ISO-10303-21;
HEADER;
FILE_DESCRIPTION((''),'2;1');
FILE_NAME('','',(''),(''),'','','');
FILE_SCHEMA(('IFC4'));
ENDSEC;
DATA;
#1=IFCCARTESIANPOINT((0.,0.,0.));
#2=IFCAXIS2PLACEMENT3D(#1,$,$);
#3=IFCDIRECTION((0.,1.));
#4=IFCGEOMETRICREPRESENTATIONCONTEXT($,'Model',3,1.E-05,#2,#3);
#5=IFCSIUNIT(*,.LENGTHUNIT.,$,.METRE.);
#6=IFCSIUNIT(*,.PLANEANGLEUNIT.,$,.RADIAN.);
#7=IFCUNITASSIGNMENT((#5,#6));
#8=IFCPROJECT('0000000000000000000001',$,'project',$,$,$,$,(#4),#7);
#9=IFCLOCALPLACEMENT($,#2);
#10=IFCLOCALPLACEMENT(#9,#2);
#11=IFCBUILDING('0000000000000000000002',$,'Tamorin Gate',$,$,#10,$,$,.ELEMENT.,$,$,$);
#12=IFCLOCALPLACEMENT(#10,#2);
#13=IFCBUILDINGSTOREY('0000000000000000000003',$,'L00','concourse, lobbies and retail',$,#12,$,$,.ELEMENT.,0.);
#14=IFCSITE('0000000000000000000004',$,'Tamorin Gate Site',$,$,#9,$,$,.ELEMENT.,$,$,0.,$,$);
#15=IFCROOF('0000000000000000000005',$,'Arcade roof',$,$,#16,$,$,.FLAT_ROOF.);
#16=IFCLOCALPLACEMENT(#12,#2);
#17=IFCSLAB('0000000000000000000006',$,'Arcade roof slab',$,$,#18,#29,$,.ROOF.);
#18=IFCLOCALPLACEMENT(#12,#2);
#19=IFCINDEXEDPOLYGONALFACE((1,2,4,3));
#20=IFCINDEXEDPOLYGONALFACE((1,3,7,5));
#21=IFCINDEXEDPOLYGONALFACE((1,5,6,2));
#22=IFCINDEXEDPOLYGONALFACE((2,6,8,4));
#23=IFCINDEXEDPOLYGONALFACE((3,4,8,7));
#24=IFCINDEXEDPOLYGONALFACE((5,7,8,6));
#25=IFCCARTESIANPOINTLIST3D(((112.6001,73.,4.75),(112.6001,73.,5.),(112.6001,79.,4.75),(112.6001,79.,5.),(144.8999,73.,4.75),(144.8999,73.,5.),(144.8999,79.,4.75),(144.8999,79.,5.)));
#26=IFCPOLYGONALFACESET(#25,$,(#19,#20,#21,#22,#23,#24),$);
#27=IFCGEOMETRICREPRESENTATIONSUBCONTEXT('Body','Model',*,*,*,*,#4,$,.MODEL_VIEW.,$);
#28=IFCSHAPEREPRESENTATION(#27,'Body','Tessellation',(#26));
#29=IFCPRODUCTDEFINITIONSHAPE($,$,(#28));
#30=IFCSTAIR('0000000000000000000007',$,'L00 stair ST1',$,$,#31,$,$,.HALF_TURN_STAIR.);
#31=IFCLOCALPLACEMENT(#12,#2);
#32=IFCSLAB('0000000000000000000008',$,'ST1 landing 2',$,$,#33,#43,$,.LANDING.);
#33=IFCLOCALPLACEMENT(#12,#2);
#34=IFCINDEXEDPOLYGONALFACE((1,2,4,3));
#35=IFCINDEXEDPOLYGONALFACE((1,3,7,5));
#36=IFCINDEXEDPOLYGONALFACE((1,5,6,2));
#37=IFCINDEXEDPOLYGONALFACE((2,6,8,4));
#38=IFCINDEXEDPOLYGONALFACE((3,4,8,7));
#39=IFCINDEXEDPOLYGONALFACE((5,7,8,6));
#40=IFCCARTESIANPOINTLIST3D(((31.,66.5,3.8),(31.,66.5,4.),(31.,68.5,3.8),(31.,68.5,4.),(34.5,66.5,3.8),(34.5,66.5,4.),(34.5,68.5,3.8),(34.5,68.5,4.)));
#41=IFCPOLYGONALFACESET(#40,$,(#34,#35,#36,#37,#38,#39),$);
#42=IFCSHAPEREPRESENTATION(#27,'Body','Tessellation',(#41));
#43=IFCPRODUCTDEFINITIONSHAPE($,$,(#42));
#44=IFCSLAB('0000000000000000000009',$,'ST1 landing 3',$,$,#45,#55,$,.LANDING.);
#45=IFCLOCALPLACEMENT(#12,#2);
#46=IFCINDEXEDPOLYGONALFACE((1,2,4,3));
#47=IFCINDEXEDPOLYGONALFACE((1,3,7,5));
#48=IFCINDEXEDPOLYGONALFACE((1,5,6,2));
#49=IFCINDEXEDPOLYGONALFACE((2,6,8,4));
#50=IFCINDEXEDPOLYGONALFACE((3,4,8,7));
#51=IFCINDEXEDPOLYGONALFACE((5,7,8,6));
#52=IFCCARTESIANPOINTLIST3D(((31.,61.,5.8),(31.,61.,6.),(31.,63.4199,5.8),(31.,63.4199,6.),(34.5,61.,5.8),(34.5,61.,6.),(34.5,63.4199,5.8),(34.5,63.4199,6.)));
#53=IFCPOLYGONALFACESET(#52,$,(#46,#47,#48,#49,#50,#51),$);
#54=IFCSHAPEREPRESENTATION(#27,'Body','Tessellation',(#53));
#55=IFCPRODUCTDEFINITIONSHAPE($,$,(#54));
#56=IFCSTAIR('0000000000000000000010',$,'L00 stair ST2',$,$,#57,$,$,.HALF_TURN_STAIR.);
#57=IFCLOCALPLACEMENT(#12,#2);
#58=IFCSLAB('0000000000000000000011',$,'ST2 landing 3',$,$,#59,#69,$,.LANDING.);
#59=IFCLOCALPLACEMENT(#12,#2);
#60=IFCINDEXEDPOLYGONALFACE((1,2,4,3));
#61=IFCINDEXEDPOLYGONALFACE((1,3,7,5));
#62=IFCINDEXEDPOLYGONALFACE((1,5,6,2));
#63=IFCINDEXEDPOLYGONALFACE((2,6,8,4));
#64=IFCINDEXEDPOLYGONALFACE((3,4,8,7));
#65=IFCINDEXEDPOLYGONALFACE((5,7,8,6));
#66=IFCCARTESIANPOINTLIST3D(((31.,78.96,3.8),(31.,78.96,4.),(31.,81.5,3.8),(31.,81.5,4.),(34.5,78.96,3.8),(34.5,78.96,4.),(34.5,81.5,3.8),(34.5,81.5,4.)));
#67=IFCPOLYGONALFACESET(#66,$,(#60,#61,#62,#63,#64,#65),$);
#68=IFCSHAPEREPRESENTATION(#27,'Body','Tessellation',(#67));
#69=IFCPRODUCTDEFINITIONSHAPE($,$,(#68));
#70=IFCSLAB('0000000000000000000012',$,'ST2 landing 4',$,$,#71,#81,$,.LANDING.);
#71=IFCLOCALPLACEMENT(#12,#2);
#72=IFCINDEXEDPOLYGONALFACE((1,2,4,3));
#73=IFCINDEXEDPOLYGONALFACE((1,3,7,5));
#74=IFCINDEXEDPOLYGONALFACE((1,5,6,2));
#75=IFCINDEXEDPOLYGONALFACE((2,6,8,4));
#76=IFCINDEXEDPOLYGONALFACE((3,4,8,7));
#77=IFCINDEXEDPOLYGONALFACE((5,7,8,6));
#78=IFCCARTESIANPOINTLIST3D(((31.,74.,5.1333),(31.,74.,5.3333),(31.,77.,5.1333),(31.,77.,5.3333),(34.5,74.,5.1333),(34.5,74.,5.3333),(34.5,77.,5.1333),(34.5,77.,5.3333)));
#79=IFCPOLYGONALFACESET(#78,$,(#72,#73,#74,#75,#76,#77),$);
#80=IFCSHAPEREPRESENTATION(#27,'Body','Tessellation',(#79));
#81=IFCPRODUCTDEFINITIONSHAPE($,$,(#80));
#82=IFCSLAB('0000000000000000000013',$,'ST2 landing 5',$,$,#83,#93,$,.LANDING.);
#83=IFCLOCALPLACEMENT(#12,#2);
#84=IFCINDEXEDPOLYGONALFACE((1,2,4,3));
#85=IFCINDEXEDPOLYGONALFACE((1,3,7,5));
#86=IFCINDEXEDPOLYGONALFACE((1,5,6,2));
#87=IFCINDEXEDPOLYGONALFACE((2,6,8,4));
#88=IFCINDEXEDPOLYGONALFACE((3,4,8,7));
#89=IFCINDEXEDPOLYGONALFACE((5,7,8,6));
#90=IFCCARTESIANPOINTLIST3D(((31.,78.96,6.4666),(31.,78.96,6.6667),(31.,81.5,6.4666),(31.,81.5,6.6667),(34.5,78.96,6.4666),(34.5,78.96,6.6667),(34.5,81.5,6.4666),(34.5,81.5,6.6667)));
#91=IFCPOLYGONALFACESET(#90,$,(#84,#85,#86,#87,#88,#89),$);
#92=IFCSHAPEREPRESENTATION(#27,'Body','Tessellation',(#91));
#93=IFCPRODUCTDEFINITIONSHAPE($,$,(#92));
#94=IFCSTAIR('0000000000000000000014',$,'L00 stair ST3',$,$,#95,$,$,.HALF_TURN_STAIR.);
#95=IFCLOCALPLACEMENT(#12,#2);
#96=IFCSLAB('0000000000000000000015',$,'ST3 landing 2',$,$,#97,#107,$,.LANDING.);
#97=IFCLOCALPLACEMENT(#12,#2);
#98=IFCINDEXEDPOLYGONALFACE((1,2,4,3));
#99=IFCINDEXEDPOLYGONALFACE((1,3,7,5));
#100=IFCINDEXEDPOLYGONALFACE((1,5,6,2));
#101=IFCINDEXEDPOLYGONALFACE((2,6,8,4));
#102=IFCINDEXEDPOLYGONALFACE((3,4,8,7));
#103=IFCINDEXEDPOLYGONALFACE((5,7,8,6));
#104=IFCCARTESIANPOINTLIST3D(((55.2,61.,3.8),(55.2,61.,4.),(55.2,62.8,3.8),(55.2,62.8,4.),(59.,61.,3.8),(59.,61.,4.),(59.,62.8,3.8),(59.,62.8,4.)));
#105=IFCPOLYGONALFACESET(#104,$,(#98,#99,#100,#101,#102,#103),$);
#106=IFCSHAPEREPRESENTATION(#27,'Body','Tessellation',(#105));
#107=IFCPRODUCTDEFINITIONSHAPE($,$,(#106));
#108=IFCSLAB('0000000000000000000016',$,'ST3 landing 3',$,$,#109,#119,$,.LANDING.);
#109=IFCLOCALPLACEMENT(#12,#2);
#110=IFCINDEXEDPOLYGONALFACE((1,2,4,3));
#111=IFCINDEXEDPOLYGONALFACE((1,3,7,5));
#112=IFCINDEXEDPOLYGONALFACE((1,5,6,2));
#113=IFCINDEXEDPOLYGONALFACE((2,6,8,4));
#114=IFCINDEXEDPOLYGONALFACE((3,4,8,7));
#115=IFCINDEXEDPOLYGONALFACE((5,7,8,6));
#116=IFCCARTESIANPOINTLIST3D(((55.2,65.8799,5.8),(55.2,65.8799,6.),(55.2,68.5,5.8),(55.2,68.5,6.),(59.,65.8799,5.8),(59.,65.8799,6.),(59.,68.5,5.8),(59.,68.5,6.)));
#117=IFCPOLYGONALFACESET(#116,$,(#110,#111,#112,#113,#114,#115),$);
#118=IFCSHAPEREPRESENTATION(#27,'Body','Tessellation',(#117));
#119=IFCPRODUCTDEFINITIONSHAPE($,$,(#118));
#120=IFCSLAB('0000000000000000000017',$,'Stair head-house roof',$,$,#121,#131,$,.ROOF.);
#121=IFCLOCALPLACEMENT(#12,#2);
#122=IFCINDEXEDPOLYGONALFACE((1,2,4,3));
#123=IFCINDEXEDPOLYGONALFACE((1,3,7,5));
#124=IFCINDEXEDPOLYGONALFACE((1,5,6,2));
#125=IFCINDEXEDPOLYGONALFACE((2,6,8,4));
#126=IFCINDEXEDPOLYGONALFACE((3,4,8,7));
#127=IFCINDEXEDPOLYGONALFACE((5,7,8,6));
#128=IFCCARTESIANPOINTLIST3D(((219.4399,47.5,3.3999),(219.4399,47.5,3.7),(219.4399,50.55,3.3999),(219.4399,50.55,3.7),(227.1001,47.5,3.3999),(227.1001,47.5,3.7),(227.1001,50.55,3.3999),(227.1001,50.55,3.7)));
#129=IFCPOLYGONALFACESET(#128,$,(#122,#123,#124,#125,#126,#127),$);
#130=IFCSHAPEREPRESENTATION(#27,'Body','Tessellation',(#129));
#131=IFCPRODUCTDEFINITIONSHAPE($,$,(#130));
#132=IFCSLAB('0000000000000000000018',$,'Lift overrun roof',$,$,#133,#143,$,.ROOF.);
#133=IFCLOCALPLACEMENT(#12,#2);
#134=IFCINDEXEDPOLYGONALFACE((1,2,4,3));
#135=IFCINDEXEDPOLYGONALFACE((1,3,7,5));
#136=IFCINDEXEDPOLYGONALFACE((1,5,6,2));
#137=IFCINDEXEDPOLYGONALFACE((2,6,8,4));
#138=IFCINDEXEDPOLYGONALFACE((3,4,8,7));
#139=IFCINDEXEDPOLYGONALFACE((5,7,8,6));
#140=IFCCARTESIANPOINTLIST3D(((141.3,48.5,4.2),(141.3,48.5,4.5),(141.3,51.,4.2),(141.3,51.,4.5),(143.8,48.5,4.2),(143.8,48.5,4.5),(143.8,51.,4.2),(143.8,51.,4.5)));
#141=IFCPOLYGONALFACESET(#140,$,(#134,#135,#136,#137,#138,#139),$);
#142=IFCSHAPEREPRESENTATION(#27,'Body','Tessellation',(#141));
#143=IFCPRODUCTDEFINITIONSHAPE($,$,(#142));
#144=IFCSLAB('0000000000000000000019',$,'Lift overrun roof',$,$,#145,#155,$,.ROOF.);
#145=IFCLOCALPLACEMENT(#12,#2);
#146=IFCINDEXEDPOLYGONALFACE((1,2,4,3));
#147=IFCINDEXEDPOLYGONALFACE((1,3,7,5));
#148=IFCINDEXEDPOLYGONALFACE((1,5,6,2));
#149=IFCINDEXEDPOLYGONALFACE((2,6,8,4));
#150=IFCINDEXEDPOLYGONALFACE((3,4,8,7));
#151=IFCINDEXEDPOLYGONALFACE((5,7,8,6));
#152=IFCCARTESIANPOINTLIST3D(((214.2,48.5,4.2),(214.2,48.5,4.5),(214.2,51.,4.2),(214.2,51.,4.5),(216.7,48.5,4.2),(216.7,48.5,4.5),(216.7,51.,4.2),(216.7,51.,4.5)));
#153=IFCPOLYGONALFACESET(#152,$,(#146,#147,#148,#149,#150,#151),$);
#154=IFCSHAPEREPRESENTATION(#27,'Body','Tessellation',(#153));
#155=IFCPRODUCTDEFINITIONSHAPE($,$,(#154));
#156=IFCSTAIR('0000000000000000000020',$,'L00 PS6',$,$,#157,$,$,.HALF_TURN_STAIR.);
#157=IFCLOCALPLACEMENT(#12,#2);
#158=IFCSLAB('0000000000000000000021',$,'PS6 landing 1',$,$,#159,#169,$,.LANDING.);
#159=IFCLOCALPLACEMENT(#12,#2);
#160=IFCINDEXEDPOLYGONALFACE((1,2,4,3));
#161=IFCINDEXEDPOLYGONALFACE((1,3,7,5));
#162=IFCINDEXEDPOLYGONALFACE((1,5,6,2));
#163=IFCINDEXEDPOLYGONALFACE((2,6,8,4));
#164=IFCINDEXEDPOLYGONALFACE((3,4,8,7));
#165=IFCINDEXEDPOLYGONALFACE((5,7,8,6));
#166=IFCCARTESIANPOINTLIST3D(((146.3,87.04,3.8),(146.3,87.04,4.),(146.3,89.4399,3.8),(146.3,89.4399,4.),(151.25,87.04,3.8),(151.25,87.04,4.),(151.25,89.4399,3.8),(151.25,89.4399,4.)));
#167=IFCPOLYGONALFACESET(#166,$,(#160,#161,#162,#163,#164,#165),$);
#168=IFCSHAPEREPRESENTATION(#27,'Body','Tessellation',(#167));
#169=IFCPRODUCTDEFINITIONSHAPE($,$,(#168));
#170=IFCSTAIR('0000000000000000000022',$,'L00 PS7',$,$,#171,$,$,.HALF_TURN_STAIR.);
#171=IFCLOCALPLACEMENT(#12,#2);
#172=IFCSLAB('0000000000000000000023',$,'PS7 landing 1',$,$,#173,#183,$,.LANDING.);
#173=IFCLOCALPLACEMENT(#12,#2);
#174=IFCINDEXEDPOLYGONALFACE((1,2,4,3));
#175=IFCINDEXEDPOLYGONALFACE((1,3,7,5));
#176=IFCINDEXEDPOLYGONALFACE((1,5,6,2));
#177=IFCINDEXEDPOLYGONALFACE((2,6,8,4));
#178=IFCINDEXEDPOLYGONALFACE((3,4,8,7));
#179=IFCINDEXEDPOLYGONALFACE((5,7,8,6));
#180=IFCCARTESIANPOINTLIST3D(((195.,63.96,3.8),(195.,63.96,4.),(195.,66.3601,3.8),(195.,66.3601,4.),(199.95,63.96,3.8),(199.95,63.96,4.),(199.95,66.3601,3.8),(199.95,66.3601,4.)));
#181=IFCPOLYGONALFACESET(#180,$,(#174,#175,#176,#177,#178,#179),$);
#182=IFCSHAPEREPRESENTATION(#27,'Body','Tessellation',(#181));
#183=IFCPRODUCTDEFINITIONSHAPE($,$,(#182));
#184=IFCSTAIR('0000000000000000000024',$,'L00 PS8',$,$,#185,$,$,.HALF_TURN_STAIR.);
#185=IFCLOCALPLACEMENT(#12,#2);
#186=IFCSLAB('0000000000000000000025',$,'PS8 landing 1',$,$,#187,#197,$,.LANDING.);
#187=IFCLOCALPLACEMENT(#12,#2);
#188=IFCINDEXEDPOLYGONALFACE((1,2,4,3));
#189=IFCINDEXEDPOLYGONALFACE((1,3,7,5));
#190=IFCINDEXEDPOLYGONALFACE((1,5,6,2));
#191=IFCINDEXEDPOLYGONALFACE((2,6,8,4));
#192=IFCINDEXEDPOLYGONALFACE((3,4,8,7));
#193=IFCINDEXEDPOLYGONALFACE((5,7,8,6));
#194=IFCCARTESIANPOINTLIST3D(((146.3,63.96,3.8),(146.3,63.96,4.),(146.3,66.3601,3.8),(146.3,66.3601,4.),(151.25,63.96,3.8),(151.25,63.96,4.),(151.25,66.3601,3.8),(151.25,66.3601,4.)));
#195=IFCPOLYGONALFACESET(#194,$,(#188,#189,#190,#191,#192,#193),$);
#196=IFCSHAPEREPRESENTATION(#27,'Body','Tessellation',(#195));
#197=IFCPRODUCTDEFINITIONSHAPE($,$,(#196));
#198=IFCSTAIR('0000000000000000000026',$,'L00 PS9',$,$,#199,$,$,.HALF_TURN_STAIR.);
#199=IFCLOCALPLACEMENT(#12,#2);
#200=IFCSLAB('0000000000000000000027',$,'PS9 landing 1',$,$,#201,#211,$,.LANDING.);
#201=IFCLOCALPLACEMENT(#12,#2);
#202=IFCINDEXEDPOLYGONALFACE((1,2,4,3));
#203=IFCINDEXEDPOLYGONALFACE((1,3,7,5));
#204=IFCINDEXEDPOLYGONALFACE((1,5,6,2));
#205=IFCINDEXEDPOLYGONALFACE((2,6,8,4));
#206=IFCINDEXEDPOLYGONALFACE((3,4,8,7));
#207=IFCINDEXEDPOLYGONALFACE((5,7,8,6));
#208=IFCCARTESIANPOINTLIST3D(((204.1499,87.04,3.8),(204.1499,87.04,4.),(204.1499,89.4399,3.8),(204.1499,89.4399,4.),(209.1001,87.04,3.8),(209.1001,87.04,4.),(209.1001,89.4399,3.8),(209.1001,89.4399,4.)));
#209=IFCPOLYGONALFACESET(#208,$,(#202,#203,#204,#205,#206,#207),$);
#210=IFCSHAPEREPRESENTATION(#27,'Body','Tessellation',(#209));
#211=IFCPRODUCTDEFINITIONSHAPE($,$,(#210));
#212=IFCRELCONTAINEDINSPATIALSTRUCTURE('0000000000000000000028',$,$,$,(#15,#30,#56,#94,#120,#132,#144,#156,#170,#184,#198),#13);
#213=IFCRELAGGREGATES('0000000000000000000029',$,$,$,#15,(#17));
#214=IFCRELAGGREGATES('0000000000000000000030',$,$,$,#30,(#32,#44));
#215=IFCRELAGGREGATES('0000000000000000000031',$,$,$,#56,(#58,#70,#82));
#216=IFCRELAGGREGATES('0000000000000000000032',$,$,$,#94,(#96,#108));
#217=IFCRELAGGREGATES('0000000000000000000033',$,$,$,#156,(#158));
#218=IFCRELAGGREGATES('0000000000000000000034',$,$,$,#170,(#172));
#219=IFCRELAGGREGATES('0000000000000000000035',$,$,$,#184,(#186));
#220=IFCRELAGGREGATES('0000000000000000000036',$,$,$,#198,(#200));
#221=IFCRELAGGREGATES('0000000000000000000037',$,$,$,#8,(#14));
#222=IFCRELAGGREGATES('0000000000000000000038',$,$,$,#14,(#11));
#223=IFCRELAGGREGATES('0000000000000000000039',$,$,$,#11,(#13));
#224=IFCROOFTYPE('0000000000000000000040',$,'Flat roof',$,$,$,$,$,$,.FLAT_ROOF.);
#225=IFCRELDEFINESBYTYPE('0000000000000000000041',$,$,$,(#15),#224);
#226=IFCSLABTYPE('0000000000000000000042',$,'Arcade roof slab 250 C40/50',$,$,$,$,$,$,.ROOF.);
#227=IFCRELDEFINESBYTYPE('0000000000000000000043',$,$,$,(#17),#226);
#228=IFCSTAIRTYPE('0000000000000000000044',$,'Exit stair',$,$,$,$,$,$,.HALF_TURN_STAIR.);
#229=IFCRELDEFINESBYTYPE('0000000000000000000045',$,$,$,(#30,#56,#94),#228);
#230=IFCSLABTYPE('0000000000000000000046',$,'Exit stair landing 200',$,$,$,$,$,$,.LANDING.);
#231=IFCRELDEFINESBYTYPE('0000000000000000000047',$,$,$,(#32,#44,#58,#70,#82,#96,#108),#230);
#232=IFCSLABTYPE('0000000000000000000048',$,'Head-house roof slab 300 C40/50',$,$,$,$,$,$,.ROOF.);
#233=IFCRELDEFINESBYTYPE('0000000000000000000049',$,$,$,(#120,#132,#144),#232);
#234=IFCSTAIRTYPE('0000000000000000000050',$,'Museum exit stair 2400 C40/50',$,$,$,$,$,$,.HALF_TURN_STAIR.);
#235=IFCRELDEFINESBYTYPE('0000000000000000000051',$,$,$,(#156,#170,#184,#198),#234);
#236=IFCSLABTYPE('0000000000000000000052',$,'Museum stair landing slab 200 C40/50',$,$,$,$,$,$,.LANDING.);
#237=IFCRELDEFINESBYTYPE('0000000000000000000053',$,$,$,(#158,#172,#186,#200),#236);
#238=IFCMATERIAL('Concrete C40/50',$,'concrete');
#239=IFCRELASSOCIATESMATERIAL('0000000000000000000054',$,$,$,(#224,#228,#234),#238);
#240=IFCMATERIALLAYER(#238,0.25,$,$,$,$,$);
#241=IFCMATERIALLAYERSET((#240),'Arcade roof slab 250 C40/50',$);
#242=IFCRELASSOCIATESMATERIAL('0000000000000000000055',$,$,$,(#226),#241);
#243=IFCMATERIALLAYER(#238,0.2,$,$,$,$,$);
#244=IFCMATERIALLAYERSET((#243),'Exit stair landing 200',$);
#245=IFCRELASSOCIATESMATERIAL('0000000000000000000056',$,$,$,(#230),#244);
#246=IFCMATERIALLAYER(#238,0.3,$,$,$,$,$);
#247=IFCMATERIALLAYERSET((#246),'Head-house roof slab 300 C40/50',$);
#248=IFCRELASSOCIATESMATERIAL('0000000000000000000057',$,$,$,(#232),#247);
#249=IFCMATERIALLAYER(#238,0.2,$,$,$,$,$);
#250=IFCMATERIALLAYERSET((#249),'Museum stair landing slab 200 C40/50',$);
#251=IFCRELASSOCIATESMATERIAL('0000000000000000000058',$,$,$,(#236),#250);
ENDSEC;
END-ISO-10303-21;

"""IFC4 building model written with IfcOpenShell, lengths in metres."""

from ifc_helpers import new_model, si_unit, direction, frame, origin, place, context, subcontext, project, spatial, polyline, outline, extrude, material, layer, layer_set, type_object, element, aggregate, save


model = new_model("IFC4")

# Units and contexts
model_context = context("Model", 3, precision=1e-05, world=origin(), true_north=direction((0.0, 1.0)))
body_context = subcontext(model_context, "Body", "Model", "MODEL_VIEW")
ifc_project = project(units=[si_unit("LENGTHUNIT", "METRE"), si_unit("PLANEANGLEUNIT", "RADIAN")], contexts=[model_context])

# Site, building, storey
site_placement = place(None, origin())
site = spatial("IfcSite", under=ifc_project, at=site_placement, Name="Tamorin Gate Site", CompositionType="ELEMENT", RefElevation=0.0)
building_placement = place(site_placement, origin())
building = spatial("IfcBuilding", under=site, at=building_placement, Name="Tamorin Gate", CompositionType="ELEMENT")
storey_placement = place(building_placement, origin())
storey = spatial("IfcBuildingStorey", under=building, at=storey_placement, Name="L00", Description="concourse, lobbies and retail", CompositionType="ELEMENT", Elevation=0.0)

# Roof, slab
ifc_material_1 = material(Name="Concrete C40/50", Category="concrete")
roof_type = type_object("IfcRoofType", Name="Flat roof", PredefinedType="FLAT_ROOF", material=ifc_material_1)
roof_placement = place(storey_placement, origin())
roof = element("IfcRoof", 1, at=roof_placement, inside=storey, type_object=roof_type, Name="Arcade roof", PredefinedType="FLAT_ROOF")
ifc_layer_1 = layer(ifc_material_1, 0.25)
ifc_layer_set_1 = layer_set([ifc_layer_1], Name="Arcade roof slab 250 C40/50")
slab_type_1 = type_object("IfcSlabType", Name="Arcade roof slab 250 C40/50", PredefinedType="ROOF", material=ifc_layer_set_1)
slab_1_placement = place(storey_placement, frame((0.0, 0.0, 4.75)))
slab_1 = element("IfcSlab", 2, at=slab_1_placement, type_object=slab_type_1, Name="Arcade roof slab", PredefinedType="ROOF", context=body_context, shape_type="SweptSolid", body=[
    extrude(outline(polyline([(144.8999, 73.0), (144.8999, 79.0), (112.6001, 79.0), (112.6001, 73.0), (144.8999, 73.0)])), origin(), (0.0, 0.0, 1.0), 0.25),
])
aggregate(roof, [slab_1])

# Stairs, slabs
stair_type_1 = type_object("IfcStairType", Name="Exit stair", PredefinedType="HALF_TURN_STAIR", material=ifc_material_1)
stair_1_placement = place(storey_placement, origin())
stair_1 = element("IfcStair", 3, at=stair_1_placement, inside=storey, type_object=stair_type_1, Name="L00 stair ST1", PredefinedType="HALF_TURN_STAIR")
ifc_layer_2 = layer(ifc_material_1, 0.2)
ifc_layer_set_2 = layer_set([ifc_layer_2], Name="Exit stair landing 200")
slab_type_2 = type_object("IfcSlabType", Name="Exit stair landing 200", PredefinedType="LANDING", material=ifc_layer_set_2)
slab_2_placement = place(storey_placement, frame((0.0, 0.0, 3.8)))
slab_2 = element("IfcSlab", 4, at=slab_2_placement, type_object=slab_type_2, Name="ST1 landing 2", PredefinedType="LANDING", context=body_context, shape_type="SweptSolid", body=[
    extrude(outline(polyline([(31.0, 68.5), (31.0, 66.5), (34.5, 66.5), (34.5, 68.5), (31.0, 68.5)])), origin(), (0.0, 0.0, 1.0), 0.2),
])
slab_3_placement = place(storey_placement, frame((0.0, 0.0, 5.8)))
slab_3 = element("IfcSlab", 5, at=slab_3_placement, type_object=slab_type_2, Name="ST1 landing 3", PredefinedType="LANDING", context=body_context, shape_type="SweptSolid", body=[
    extrude(outline(polyline([(31.0, 63.4199), (31.0, 61.0), (34.5, 61.0), (34.5, 63.4199), (31.0, 63.4199)])), origin(), (0.0, 0.0, 1.0), 0.2),
])
aggregate(stair_1, [slab_2, slab_3])
stair_2_placement = place(storey_placement, origin())
stair_2 = element("IfcStair", 6, at=stair_2_placement, inside=storey, type_object=stair_type_1, Name="L00 stair ST2", PredefinedType="HALF_TURN_STAIR")
slab_4_placement = place(storey_placement, frame((0.0, 0.0, 3.8)))
slab_4 = element("IfcSlab", 7, at=slab_4_placement, type_object=slab_type_2, Name="ST2 landing 3", PredefinedType="LANDING", context=body_context, shape_type="SweptSolid", body=[
    extrude(outline(polyline([(34.5, 78.96), (34.5, 81.5), (31.0, 81.5), (31.0, 78.96), (34.5, 78.96)])), origin(), (0.0, 0.0, 1.0), 0.2),
])
slab_5_placement = place(storey_placement, frame((0.0, 0.0, 5.1333)))
slab_5 = element("IfcSlab", 8, at=slab_5_placement, type_object=slab_type_2, Name="ST2 landing 4", PredefinedType="LANDING", context=body_context, shape_type="SweptSolid", body=[
    extrude(outline(polyline([(34.5, 74.0), (34.5, 77.0), (31.0, 77.0), (31.0, 74.0), (34.5, 74.0)])), origin(), (0.0, 0.0, 1.0), 0.2),
])
slab_6_placement = place(storey_placement, frame((0.0, 0.0, 6.4666)))
slab_6 = element("IfcSlab", 9, at=slab_6_placement, type_object=slab_type_2, Name="ST2 landing 5", PredefinedType="LANDING", context=body_context, shape_type="SweptSolid", body=[
    extrude(outline(polyline([(34.5, 78.96), (34.5, 81.5), (31.0, 81.5), (31.0, 78.96), (34.5, 78.96)])), origin(), (0.0, 0.0, 1.0), 0.2002),
])
aggregate(stair_2, [slab_4, slab_5, slab_6])
stair_3_placement = place(storey_placement, origin())
stair_3 = element("IfcStair", 10, at=stair_3_placement, inside=storey, type_object=stair_type_1, Name="L00 stair ST3", PredefinedType="HALF_TURN_STAIR")
slab_7_placement = place(storey_placement, frame((0.0, 0.0, 3.8)))
slab_7 = element("IfcSlab", 11, at=slab_7_placement, type_object=slab_type_2, Name="ST3 landing 2", PredefinedType="LANDING", context=body_context, shape_type="SweptSolid", body=[
    extrude(outline(polyline([(59.0, 61.0), (59.0, 62.8), (55.2, 62.8), (55.2, 61.0), (59.0, 61.0)])), origin(), (0.0, 0.0, 1.0), 0.2),
])
slab_8_placement = place(storey_placement, frame((0.0, 0.0, 5.8)))
slab_8 = element("IfcSlab", 12, at=slab_8_placement, type_object=slab_type_2, Name="ST3 landing 3", PredefinedType="LANDING", context=body_context, shape_type="SweptSolid", body=[
    extrude(outline(polyline([(59.0, 65.8799), (59.0, 68.5), (55.2, 68.5), (55.2, 65.8799), (59.0, 65.8799)])), origin(), (0.0, 0.0, 1.0), 0.2),
])
aggregate(stair_3, [slab_7, slab_8])

# Slabs
ifc_layer_3 = layer(ifc_material_1, 0.3)
ifc_layer_set_3 = layer_set([ifc_layer_3], Name="Head-house roof slab 300 C40/50")
slab_type_3 = type_object("IfcSlabType", Name="Head-house roof slab 300 C40/50", PredefinedType="ROOF", material=ifc_layer_set_3)
slab_9_placement = place(storey_placement, frame((0.0, 0.0, 3.3999)))
element("IfcSlab", 13, at=slab_9_placement, inside=storey, type_object=slab_type_3, Name="Stair head-house roof", PredefinedType="ROOF", context=body_context, shape_type="SweptSolid", body=[
    extrude(outline(polyline([(227.1001, 47.5), (227.1001, 50.55), (219.4399, 50.55), (219.4399, 47.5), (227.1001, 47.5)])), origin(), (0.0, 0.0, 1.0), 0.3),
])
slab_10_placement = place(storey_placement, frame((0.0, 0.0, 4.2)))
element("IfcSlab", 14, at=slab_10_placement, inside=storey, type_object=slab_type_3, Name="Lift overrun roof", PredefinedType="ROOF", context=body_context, shape_type="SweptSolid", body=[
    extrude(outline(polyline([(143.8, 48.5), (143.8, 51.0), (141.3, 51.0), (141.3, 48.5), (143.8, 48.5)])), origin(), (0.0, 0.0, 1.0), 0.3),
])
slab_11_placement = place(storey_placement, frame((0.0, 0.0, 4.2)))
element("IfcSlab", 15, at=slab_11_placement, inside=storey, type_object=slab_type_3, Name="Lift overrun roof", PredefinedType="ROOF", context=body_context, shape_type="SweptSolid", body=[
    extrude(outline(polyline([(216.7, 48.5), (216.7, 51.0), (214.2, 51.0), (214.2, 48.5), (216.7, 48.5)])), origin(), (0.0, 0.0, 1.0), 0.3),
])

# Stairs, slabs
stair_type_2 = type_object("IfcStairType", Name="Museum exit stair 2400 C40/50", PredefinedType="HALF_TURN_STAIR", material=ifc_material_1)
stair_4_placement = place(storey_placement, origin())
stair_4 = element("IfcStair", 16, at=stair_4_placement, inside=storey, type_object=stair_type_2, Name="L00 PS6", PredefinedType="HALF_TURN_STAIR")
ifc_layer_4 = layer(ifc_material_1, 0.2)
ifc_layer_set_4 = layer_set([ifc_layer_4], Name="Museum stair landing slab 200 C40/50")
slab_type_4 = type_object("IfcSlabType", Name="Museum stair landing slab 200 C40/50", PredefinedType="LANDING", material=ifc_layer_set_4)
slab_12_placement = place(storey_placement, frame((0.0, 0.0, 3.8)))
slab_12 = element("IfcSlab", 17, at=slab_12_placement, type_object=slab_type_4, Name="PS6 landing 1", PredefinedType="LANDING", context=body_context, shape_type="SweptSolid", body=[
    extrude(outline(polyline([(146.3, 89.4399), (146.3, 87.04), (151.25, 87.04), (151.25, 89.4399), (146.3, 89.4399)])), origin(), (0.0, 0.0, 1.0), 0.2),
])
aggregate(stair_4, [slab_12])
stair_5_placement = place(storey_placement, origin())
stair_5 = element("IfcStair", 18, at=stair_5_placement, inside=storey, type_object=stair_type_2, Name="L00 PS7", PredefinedType="HALF_TURN_STAIR")
slab_13_placement = place(storey_placement, frame((0.0, 0.0, 3.8)))
slab_13 = element("IfcSlab", 19, at=slab_13_placement, type_object=slab_type_4, Name="PS7 landing 1", PredefinedType="LANDING", context=body_context, shape_type="SweptSolid", body=[
    extrude(outline(polyline([(199.95, 63.96), (199.95, 66.3601), (195.0, 66.3601), (195.0, 63.96), (199.95, 63.96)])), origin(), (0.0, 0.0, 1.0), 0.2),
])
aggregate(stair_5, [slab_13])
stair_6_placement = place(storey_placement, origin())
stair_6 = element("IfcStair", 20, at=stair_6_placement, inside=storey, type_object=stair_type_2, Name="L00 PS8", PredefinedType="HALF_TURN_STAIR")
slab_14_placement = place(storey_placement, frame((0.0, 0.0, 3.8)))
slab_14 = element("IfcSlab", 21, at=slab_14_placement, type_object=slab_type_4, Name="PS8 landing 1", PredefinedType="LANDING", context=body_context, shape_type="SweptSolid", body=[
    extrude(outline(polyline([(151.25, 63.96), (151.25, 66.3601), (146.3, 66.3601), (146.3, 63.96), (151.25, 63.96)])), origin(), (0.0, 0.0, 1.0), 0.2),
])
aggregate(stair_6, [slab_14])
stair_7_placement = place(storey_placement, origin())
stair_7 = element("IfcStair", 22, at=stair_7_placement, inside=storey, type_object=stair_type_2, Name="L00 PS9", PredefinedType="HALF_TURN_STAIR")
slab_15_placement = place(storey_placement, frame((0.0, 0.0, 3.8)))
slab_15 = element("IfcSlab", 23, at=slab_15_placement, type_object=slab_type_4, Name="PS9 landing 1", PredefinedType="LANDING", context=body_context, shape_type="SweptSolid", body=[
    extrude(outline(polyline([(204.1499, 89.4399), (204.1499, 87.04), (209.1001, 87.04), (209.1001, 89.4399), (204.1499, 89.4399)])), origin(), (0.0, 0.0, 1.0), 0.2),
])
aggregate(stair_7, [slab_15])

save(model, "model.ifc")
